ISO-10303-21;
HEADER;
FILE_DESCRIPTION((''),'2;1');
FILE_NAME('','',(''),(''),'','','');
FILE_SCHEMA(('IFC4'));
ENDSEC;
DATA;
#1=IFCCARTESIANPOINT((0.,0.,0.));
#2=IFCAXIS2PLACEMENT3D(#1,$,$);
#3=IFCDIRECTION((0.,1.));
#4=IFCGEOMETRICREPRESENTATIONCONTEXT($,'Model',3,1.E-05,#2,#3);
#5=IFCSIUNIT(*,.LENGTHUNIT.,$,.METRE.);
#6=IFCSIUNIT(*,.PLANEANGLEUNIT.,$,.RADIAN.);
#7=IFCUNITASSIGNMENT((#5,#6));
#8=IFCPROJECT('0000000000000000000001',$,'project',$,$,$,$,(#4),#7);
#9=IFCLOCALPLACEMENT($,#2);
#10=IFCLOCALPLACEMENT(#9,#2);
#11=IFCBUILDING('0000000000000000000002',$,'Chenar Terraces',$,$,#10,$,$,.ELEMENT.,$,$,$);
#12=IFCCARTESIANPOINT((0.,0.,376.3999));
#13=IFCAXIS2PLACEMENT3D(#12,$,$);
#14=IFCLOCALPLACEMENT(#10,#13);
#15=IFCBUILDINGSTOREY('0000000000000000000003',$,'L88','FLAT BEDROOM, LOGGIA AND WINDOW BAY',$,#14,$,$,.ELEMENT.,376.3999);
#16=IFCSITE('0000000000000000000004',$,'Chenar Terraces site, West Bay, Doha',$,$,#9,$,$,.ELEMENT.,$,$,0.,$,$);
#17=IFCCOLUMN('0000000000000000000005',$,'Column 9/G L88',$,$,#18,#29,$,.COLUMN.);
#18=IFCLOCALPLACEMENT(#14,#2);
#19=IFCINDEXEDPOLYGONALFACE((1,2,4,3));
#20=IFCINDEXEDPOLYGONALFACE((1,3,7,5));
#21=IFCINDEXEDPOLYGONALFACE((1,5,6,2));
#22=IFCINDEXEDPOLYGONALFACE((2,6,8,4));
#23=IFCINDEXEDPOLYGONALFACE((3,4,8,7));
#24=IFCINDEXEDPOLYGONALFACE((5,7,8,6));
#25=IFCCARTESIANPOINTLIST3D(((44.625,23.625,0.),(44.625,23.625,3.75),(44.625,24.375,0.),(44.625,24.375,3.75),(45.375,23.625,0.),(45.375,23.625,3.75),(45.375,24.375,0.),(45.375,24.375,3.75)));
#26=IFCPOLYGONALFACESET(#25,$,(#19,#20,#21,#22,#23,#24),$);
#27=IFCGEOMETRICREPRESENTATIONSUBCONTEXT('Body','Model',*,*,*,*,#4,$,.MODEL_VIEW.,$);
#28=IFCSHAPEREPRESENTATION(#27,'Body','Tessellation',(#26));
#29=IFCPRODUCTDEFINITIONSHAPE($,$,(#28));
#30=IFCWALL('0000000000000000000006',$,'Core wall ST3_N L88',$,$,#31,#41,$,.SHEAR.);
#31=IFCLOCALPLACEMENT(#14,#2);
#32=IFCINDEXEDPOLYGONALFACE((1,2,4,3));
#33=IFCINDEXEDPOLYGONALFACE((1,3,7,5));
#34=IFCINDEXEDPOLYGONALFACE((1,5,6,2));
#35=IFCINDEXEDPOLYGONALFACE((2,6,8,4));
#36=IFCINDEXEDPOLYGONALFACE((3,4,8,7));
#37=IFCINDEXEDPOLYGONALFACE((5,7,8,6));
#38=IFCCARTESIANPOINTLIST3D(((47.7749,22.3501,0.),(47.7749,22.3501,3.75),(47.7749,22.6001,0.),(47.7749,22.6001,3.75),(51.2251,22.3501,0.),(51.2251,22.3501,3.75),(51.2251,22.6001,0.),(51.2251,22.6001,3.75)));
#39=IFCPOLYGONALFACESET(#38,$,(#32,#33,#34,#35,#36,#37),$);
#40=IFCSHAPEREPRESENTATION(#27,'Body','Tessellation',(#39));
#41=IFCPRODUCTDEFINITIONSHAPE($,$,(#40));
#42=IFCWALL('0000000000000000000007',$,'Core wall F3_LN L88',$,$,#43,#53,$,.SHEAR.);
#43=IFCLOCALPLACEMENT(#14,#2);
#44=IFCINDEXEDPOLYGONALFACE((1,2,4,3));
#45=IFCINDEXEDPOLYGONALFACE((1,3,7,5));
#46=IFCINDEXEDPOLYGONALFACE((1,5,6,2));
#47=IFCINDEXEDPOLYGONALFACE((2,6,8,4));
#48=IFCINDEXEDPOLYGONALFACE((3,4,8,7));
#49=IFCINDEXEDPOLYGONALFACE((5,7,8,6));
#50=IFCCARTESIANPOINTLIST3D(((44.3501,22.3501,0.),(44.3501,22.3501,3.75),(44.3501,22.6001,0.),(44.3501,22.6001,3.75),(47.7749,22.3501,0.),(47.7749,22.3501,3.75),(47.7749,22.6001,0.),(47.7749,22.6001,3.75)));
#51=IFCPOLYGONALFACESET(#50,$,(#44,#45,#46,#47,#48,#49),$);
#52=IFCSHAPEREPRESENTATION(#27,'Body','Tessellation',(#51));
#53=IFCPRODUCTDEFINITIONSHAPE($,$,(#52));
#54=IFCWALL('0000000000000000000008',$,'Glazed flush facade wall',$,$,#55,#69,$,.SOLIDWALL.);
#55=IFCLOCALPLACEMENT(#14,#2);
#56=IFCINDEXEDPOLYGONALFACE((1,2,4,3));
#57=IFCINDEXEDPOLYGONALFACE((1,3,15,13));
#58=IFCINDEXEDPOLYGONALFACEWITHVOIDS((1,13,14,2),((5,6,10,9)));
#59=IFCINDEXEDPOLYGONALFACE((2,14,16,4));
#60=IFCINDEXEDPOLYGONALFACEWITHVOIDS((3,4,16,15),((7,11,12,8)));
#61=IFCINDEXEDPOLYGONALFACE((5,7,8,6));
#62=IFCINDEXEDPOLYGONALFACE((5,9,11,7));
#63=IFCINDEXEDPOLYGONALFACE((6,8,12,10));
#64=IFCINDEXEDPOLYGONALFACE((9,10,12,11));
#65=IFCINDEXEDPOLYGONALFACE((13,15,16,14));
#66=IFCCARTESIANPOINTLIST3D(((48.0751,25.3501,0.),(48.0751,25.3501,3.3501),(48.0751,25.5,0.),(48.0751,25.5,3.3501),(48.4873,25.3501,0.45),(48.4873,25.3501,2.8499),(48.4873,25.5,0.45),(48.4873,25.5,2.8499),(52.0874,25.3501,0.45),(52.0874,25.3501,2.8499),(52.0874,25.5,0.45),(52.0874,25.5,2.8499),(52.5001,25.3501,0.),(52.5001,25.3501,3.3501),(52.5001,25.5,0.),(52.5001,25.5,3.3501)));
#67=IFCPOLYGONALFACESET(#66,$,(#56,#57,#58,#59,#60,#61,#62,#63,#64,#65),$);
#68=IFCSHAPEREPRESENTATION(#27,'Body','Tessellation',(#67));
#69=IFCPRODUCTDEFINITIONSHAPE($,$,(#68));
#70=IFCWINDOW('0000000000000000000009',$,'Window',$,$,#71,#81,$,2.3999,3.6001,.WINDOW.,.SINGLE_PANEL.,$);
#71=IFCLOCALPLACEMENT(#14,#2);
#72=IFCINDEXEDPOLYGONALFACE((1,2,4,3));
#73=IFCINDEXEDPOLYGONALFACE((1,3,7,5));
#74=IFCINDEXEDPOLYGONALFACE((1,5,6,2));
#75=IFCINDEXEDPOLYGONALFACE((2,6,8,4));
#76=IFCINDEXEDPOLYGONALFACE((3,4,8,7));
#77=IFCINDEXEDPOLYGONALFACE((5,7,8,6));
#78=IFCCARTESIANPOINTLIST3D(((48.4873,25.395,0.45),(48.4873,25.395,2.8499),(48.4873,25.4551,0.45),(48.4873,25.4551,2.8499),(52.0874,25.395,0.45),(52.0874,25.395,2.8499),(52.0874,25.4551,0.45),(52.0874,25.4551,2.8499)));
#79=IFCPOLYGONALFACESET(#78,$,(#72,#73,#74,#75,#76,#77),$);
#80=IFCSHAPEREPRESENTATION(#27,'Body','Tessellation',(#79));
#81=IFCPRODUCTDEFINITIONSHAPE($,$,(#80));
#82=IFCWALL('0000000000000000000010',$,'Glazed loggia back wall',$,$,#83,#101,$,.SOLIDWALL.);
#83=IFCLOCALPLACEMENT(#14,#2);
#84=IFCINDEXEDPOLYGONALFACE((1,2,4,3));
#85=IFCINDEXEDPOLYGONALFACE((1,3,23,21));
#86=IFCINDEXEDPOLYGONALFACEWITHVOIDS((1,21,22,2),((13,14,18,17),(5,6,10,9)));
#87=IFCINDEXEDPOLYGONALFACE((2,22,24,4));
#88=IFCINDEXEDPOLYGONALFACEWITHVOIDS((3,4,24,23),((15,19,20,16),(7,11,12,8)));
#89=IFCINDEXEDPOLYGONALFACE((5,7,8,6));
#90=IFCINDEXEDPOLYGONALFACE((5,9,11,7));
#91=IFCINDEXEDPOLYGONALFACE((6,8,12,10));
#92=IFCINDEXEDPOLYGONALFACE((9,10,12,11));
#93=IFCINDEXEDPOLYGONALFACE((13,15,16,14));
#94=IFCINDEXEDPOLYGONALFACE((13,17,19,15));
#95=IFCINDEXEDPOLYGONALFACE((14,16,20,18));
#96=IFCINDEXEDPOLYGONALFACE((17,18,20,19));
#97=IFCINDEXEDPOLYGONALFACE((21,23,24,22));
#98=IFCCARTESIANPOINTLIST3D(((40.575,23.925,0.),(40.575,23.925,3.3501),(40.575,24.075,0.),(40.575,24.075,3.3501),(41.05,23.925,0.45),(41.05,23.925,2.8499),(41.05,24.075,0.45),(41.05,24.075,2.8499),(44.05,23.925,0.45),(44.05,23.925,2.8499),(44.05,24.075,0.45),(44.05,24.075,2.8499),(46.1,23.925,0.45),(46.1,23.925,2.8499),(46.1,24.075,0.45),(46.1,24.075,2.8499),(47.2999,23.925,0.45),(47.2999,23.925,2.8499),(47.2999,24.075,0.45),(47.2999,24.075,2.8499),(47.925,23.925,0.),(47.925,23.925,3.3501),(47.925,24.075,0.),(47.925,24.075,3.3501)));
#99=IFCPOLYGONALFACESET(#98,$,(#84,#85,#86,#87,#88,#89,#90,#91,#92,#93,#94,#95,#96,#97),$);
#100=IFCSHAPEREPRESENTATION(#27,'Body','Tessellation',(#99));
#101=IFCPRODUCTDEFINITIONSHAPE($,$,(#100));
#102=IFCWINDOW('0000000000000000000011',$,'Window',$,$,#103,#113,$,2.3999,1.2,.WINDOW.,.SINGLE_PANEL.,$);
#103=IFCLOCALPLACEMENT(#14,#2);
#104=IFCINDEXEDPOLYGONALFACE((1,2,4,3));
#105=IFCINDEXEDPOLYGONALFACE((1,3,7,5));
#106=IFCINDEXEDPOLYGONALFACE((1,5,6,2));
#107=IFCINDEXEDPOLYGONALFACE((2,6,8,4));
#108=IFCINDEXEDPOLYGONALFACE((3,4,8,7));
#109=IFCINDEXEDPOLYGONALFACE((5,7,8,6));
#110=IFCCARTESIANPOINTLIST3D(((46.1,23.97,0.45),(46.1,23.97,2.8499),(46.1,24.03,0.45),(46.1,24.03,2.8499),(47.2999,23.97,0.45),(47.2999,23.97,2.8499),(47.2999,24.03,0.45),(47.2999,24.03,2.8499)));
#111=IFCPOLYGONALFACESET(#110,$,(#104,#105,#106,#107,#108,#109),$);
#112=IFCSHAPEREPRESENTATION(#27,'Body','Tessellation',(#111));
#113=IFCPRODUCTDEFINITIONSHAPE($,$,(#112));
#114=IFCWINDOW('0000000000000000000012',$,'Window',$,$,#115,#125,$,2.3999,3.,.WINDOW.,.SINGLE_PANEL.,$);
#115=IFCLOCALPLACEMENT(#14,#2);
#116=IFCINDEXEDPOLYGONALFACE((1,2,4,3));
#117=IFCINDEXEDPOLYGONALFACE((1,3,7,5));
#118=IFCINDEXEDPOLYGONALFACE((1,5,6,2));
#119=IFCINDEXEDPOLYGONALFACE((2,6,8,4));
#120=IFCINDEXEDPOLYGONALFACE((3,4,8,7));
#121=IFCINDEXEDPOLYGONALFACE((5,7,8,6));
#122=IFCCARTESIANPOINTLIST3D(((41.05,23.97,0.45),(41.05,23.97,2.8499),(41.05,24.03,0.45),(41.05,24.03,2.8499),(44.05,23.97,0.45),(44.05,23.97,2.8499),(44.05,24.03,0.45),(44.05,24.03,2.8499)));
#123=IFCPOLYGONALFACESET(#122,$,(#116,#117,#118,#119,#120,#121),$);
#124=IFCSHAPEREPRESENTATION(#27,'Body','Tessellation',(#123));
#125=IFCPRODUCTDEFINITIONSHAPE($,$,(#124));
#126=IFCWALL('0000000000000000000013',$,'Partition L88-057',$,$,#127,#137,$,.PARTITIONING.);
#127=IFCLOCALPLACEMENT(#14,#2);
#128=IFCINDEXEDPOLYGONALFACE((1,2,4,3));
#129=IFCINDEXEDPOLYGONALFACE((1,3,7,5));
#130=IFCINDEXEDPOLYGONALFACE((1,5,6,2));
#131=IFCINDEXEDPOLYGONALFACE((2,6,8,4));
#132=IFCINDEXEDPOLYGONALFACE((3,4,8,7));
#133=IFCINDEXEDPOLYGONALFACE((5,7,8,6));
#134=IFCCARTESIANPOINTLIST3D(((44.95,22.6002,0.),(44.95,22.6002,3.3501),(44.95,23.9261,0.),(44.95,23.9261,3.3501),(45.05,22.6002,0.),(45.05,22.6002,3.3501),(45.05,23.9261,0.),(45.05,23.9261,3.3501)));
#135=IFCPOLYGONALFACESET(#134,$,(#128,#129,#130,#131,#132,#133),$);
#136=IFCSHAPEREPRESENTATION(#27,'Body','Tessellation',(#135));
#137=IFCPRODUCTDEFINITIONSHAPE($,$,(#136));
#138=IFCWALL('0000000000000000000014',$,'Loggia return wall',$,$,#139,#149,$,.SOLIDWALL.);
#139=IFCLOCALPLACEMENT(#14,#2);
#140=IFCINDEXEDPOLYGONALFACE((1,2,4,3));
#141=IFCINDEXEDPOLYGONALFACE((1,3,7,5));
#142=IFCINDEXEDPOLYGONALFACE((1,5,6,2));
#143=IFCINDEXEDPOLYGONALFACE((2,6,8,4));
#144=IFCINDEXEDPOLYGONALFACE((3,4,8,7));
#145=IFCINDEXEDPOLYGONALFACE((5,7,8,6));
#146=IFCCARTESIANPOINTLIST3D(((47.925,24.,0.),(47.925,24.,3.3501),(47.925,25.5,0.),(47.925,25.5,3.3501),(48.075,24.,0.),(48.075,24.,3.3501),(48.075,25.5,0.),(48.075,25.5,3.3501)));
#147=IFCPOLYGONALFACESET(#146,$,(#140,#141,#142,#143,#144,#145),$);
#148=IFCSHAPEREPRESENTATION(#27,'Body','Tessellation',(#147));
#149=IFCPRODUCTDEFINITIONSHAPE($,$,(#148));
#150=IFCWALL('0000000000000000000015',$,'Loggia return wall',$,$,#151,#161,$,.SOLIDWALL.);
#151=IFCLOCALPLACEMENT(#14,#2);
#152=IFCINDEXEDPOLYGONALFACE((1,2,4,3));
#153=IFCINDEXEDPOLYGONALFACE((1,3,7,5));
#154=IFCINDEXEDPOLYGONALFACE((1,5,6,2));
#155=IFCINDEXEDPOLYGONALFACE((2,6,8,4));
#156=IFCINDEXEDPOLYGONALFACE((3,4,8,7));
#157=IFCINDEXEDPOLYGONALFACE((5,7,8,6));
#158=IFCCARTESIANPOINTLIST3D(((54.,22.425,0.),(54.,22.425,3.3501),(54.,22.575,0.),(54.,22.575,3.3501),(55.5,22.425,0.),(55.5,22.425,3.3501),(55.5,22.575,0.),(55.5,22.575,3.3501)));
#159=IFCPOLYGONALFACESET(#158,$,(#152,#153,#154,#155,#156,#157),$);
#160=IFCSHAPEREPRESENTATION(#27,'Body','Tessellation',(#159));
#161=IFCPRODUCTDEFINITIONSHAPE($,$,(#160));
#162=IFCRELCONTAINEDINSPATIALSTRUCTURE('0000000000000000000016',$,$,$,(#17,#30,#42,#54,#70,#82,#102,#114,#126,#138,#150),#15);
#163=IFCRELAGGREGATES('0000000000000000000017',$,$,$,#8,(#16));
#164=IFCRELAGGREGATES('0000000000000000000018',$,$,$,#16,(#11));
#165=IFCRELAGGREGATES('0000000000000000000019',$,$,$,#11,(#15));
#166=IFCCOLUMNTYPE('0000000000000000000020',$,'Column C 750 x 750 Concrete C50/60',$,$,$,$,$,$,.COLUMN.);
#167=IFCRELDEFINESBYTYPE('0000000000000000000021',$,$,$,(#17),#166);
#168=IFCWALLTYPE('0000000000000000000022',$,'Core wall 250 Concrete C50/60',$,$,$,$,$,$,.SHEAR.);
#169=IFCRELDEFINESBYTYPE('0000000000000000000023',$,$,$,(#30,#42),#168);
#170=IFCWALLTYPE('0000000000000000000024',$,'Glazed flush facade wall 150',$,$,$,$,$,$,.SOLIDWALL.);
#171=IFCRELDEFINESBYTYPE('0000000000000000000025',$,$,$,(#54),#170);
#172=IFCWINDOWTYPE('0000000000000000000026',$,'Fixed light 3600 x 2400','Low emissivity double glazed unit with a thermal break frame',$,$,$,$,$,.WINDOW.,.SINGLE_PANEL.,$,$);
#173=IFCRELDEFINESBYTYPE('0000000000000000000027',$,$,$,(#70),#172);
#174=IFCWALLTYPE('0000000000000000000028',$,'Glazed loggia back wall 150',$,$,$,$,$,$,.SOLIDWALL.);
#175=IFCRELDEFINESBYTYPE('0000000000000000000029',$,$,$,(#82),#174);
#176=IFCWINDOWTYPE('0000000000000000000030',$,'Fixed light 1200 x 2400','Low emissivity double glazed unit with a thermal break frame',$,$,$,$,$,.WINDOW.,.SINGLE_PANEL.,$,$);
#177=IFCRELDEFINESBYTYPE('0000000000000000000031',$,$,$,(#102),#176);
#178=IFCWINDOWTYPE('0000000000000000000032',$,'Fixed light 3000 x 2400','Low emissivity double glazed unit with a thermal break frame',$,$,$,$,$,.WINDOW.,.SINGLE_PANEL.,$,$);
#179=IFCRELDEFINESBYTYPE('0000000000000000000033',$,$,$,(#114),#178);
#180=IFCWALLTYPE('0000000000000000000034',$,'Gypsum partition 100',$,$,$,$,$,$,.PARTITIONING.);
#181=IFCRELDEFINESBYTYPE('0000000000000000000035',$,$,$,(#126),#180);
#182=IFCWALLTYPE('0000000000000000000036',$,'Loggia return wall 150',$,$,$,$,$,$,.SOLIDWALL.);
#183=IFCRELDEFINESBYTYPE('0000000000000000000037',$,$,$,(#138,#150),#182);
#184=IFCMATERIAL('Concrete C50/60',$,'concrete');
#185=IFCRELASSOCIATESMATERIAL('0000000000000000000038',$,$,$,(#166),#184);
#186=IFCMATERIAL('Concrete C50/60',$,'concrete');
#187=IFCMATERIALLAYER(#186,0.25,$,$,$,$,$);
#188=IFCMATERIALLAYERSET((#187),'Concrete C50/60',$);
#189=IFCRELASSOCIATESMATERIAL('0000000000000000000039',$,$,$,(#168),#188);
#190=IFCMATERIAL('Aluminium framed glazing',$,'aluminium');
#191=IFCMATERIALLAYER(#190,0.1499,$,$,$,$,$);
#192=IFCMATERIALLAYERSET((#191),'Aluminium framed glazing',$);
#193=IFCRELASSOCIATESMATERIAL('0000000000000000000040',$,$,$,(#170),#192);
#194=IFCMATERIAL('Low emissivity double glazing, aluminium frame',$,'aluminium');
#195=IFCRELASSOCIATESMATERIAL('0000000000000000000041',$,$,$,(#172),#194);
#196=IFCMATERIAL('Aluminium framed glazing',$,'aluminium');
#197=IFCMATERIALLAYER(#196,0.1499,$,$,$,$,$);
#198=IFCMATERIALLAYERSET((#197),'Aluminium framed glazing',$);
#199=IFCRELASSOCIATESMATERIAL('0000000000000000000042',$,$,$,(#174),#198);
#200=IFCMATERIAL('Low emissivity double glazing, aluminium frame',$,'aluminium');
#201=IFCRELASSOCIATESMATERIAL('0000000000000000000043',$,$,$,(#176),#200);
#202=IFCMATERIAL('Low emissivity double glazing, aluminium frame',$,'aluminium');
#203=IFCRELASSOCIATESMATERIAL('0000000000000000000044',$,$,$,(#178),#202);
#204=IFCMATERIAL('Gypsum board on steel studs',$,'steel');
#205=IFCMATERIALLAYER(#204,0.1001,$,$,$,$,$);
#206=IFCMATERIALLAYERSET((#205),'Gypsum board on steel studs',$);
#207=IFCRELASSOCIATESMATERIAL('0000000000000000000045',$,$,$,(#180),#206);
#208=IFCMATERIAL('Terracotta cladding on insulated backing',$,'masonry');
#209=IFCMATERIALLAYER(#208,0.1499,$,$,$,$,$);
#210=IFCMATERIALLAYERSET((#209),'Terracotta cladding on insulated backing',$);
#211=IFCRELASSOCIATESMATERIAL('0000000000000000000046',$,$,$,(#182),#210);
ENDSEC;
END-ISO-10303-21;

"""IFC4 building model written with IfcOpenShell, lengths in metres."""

from ifc_helpers import new_model, si_unit, direction, frame, frame_2d, origin, origin_2d, place, context, subcontext, project, spatial, rectangle, extrude, material, layer, layer_set, material_profile, profile_set, type_object, element, fill, save


model = new_model("IFC4")

# Units and contexts
model_context = context("Model", 3, precision=1e-05, world=origin(), true_north=direction((0.0, 1.0)))
body_context = subcontext(model_context, "Body", "Model", "MODEL_VIEW")
ifc_project = project(units=[si_unit("LENGTHUNIT", "METRE"), si_unit("PLANEANGLEUNIT", "RADIAN")], contexts=[model_context])

# Site, building, storey
site_placement = place(None, origin())
site = spatial("IfcSite", under=ifc_project, at=site_placement, Name="Chenar Terraces site, West Bay, Doha", CompositionType="ELEMENT", RefElevation=0.0)
building_placement = place(site_placement, origin())
building = spatial("IfcBuilding", under=site, at=building_placement, Name="Chenar Terraces", CompositionType="ELEMENT")
storey_placement = place(building_placement, frame((0.0, 0.0, 376.3999)))
storey = spatial("IfcBuildingStorey", under=building, at=storey_placement, Name="L88", Description="FLAT BEDROOM, LOGGIA AND WINDOW BAY", CompositionType="ELEMENT", Elevation=376.3999)

# Column
ifc_material_1 = material(Name="Concrete C50/60", Category="concrete")
ifc_material_profile_1 = material_profile(ifc_material_1, rectangle(XDim=0.75, YDim=0.75, at=origin_2d()), Name="C 750 x 750")
ifc_profile_set_1 = profile_set([ifc_material_profile_1], Name="Concrete C50/60")
column_type = type_object("IfcColumnType", Name="Column C 750 x 750 Concrete C50/60", PredefinedType="COLUMN", material=ifc_profile_set_1)
column_placement = place(storey_placement, frame((45.0, 24.0, 0.0), z_axis=(0.0, 0.0, 1.0), x_axis=(1.0, 0.0, 0.0)))
element("IfcColumn", 1, at=column_placement, inside=storey, type_object=column_type, Name="Column 9/G L88", PredefinedType="COLUMN", context=body_context, shape_type="SweptSolid", body=[
    extrude(rectangle(XDim=0.75, YDim=0.75, at=origin_2d()), origin(), (0.0, 0.0, 1.0), 3.75),
])

# Walls
ifc_material_2 = material(Name="Concrete C50/60", Category="concrete")
ifc_layer_1 = layer(ifc_material_2, 0.25)
ifc_layer_set_1 = layer_set([ifc_layer_1], Name="Concrete C50/60")
wall_type_1 = type_object("IfcWallType", Name="Core wall 250 Concrete C50/60", PredefinedType="SHEAR", material=ifc_layer_set_1)
wall_1_placement = place(storey_placement, frame((47.7749, 22.4751, 0.0), z_axis=(0.0, 0.0, 1.0), x_axis=(1.0, 0.0, 0.0)))
element("IfcWall", 2, at=wall_1_placement, inside=storey, type_object=wall_type_1, Name="Core wall ST3_N L88", PredefinedType="SHEAR", context=body_context, shape_type="SweptSolid", body=[
    extrude(rectangle(XDim=3.4502, YDim=0.25, at=frame_2d((1.7251, 0.0))), origin(), (0.0, 0.0, 1.0), 3.75),
])
wall_2_placement = place(storey_placement, frame((44.3501, 22.4751, 0.0), z_axis=(0.0, 0.0, 1.0), x_axis=(1.0, 0.0, 0.0)))
element("IfcWall", 3, at=wall_2_placement, inside=storey, type_object=wall_type_1, Name="Core wall F3_LN L88", PredefinedType="SHEAR", context=body_context, shape_type="SweptSolid", body=[
    extrude(rectangle(XDim=3.4248, YDim=0.25, at=frame_2d((1.7124, 0.0))), origin(), (0.0, 0.0, 1.0), 3.75),
])

# Wall, opening, window
ifc_material_3 = material(Name="Aluminium framed glazing", Category="aluminium")
ifc_layer_2 = layer(ifc_material_3, 0.1499)
ifc_layer_set_2 = layer_set([ifc_layer_2], Name="Aluminium framed glazing")
wall_type_2 = type_object("IfcWallType", Name="Glazed flush facade wall 150", PredefinedType="SOLIDWALL", material=ifc_layer_set_2)
wall_3_placement = place(storey_placement, frame((52.5, 25.425, 0.0), z_axis=(0.0, 0.0, 1.0), x_axis=(-1.0, 0.0, 0.0)))
wall_3 = element("IfcWall", 4, at=wall_3_placement, inside=storey, type_object=wall_type_2, Name="Glazed flush facade wall", PredefinedType="SOLIDWALL", context=body_context, shape_type="SweptSolid", body=[
    extrude(rectangle(XDim=4.425, YDim=0.1499, at=frame_2d((2.2124, 0.0))), origin(), (0.0, 0.0, 1.0), 3.3501),
])
opening_1_placement = place(wall_3_placement, frame((0.4126, 0.0, 0.45)))
opening_1 = element("IfcOpeningElement", 5, at=opening_1_placement, cuts=wall_3, PredefinedType="OPENING", context=body_context, shape_type="SweptSolid", body=[
    extrude(rectangle(XDim=3.6001, YDim=2.3999, at=frame_2d((1.8, 1.2))), frame((0.0, 0.085, 0.0), z_axis=(0.0, -1.0, 0.0), x_axis=(1.0, 0.0, 0.0)), (0.0, 0.0, 1.0), 0.1699),
])
ifc_material_4 = material(Name="Low emissivity double glazing, aluminium frame", Category="aluminium")
window_type_1 = type_object("IfcWindowType", Name="Fixed light 3600 x 2400", Description="Low emissivity double glazed unit with a thermal break frame", PartitioningType="SINGLE_PANEL", PredefinedType="WINDOW", material=ifc_material_4)
window_1_placement = place(opening_1_placement, origin())
window_1 = element("IfcWindow", 6, at=window_1_placement, inside=storey, type_object=window_type_1, Name="Window", OverallHeight=2.3999, OverallWidth=3.6001, PartitioningType="SINGLE_PANEL", PredefinedType="WINDOW", context=body_context, shape_type="SweptSolid", body=[
    extrude(rectangle(XDim=3.6001, YDim=2.3999, at=frame_2d((1.8, 1.2))), frame((0.0, 0.03, 0.0), z_axis=(0.0, -1.0, 0.0), x_axis=(1.0, 0.0, 0.0)), (0.0, 0.0, 1.0), 0.0601),
])
fill(opening_1, window_1)

# Wall, openings, windows
ifc_material_5 = material(Name="Aluminium framed glazing", Category="aluminium")
ifc_layer_3 = layer(ifc_material_5, 0.1499)
ifc_layer_set_3 = layer_set([ifc_layer_3], Name="Aluminium framed glazing")
wall_type_3 = type_object("IfcWallType", Name="Glazed loggia back wall 150", PredefinedType="SOLIDWALL", material=ifc_layer_set_3)
wall_4_placement = place(storey_placement, frame((47.925, 24.0, 0.0), z_axis=(0.0, 0.0, 1.0), x_axis=(-1.0, 0.0, 0.0)))
wall_4 = element("IfcWall", 7, at=wall_4_placement, inside=storey, type_object=wall_type_3, Name="Glazed loggia back wall", PredefinedType="SOLIDWALL", context=body_context, shape_type="SweptSolid", body=[
    extrude(rectangle(XDim=7.3501, YDim=0.1499, at=frame_2d((3.675, 0.0))), origin(), (0.0, 0.0, 1.0), 3.3501),
])
opening_2_placement = place(wall_4_placement, frame((0.625, 0.0, 0.45)))
opening_2 = element("IfcOpeningElement", 8, at=opening_2_placement, cuts=wall_4, PredefinedType="OPENING", context=body_context, shape_type="SweptSolid", body=[
    extrude(rectangle(XDim=1.2, YDim=2.3999, at=frame_2d((0.6001, 1.2))), frame((0.0, 0.085, 0.0), z_axis=(0.0, -1.0, 0.0), x_axis=(1.0, 0.0, 0.0)), (0.0, 0.0, 1.0), 0.1699),
])
opening_3_placement = place(wall_4_placement, frame((3.875, 0.0, 0.45)))
opening_3 = element("IfcOpeningElement", 9, at=opening_3_placement, cuts=wall_4, PredefinedType="OPENING", context=body_context, shape_type="SweptSolid", body=[
    extrude(rectangle(XDim=3.0, YDim=2.3999, at=frame_2d((1.5, 1.2))), frame((0.0, 0.085, 0.0), z_axis=(0.0, -1.0, 0.0), x_axis=(1.0, 0.0, 0.0)), (0.0, 0.0, 1.0), 0.1699),
])
ifc_material_6 = material(Name="Low emissivity double glazing, aluminium frame", Category="aluminium")
window_type_2 = type_object("IfcWindowType", Name="Fixed light 1200 x 2400", Description="Low emissivity double glazed unit with a thermal break frame", PartitioningType="SINGLE_PANEL", PredefinedType="WINDOW", material=ifc_material_6)
window_2_placement = place(opening_2_placement, origin())
window_2 = element("IfcWindow", 10, at=window_2_placement, inside=storey, type_object=window_type_2, Name="Window", OverallHeight=2.3999, OverallWidth=1.2, PartitioningType="SINGLE_PANEL", PredefinedType="WINDOW", context=body_context, shape_type="SweptSolid", body=[
    extrude(rectangle(XDim=1.2, YDim=2.3999, at=frame_2d((0.6001, 1.2))), frame((0.0, 0.03, 0.0), z_axis=(0.0, -1.0, 0.0), x_axis=(1.0, 0.0, 0.0)), (0.0, 0.0, 1.0), 0.0601),
])
fill(opening_2, window_2)
ifc_material_7 = material(Name="Low emissivity double glazing, aluminium frame", Category="aluminium")
window_type_3 = type_object("IfcWindowType", Name="Fixed light 3000 x 2400", Description="Low emissivity double glazed unit with a thermal break frame", PartitioningType="SINGLE_PANEL", PredefinedType="WINDOW", material=ifc_material_7)
window_3_placement = place(opening_3_placement, origin())
window_3 = element("IfcWindow", 11, at=window_3_placement, inside=storey, type_object=window_type_3, Name="Window", OverallHeight=2.3999, OverallWidth=3.0, PartitioningType="SINGLE_PANEL", PredefinedType="WINDOW", context=body_context, shape_type="SweptSolid", body=[
    extrude(rectangle(XDim=3.0, YDim=2.3999, at=frame_2d((1.5, 1.2))), frame((0.0, 0.03, 0.0), z_axis=(0.0, -1.0, 0.0), x_axis=(1.0, 0.0, 0.0)), (0.0, 0.0, 1.0), 0.0601),
])
fill(opening_3, window_3)

# Walls
ifc_material_8 = material(Name="Gypsum board on steel studs", Category="steel")
ifc_layer_4 = layer(ifc_material_8, 0.1001)
ifc_layer_set_4 = layer_set([ifc_layer_4], Name="Gypsum board on steel studs")
wall_type_4 = type_object("IfcWallType", Name="Gypsum partition 100", PredefinedType="PARTITIONING", material=ifc_layer_set_4)
wall_5_placement = place(storey_placement, frame((45.0, 22.6001, 0.0), z_axis=(0.0, 0.0, 1.0), x_axis=(0.0, 1.0, 0.0)))
element("IfcWall", 12, at=wall_5_placement, inside=storey, type_object=wall_type_4, Name="Partition L88-057", PredefinedType="PARTITIONING", context=body_context, shape_type="SweptSolid", body=[
    extrude(rectangle(XDim=1.3259, YDim=0.1001, at=frame_2d((0.6631, 0.0))), origin(), (0.0, 0.0, 1.0), 3.3501),
])
ifc_material_9 = material(Name="Terracotta cladding on insulated backing", Category="masonry")
ifc_layer_5 = layer(ifc_material_9, 0.1499)
ifc_layer_set_5 = layer_set([ifc_layer_5], Name="Terracotta cladding on insulated backing")
wall_type_5 = type_object("IfcWallType", Name="Loggia return wall 150", PredefinedType="SOLIDWALL", material=ifc_layer_set_5)
for number, where, z_axis, x_axis, name in (
    (13, (48.0, 25.5, 0.0), (0.0, 0.0, 1.0), (0.0, -1.0, 0.0), "Loggia return wall"),
    (14, (55.5, 22.5, 0.0), (0.0, 0.0, 1.0), (-1.0, 0.0, 0.0), "Loggia return wall"),
):
    element("IfcWall", number, at=place(storey_placement, frame(where, z_axis=z_axis, x_axis=x_axis)), inside=storey, type_object=wall_type_5, Name=name, PredefinedType="SOLIDWALL", context=body_context, shape_type="SweptSolid", body=[
        extrude(rectangle(XDim=1.5, YDim=0.1499, at=frame_2d((0.75, 0.0))), origin(), (0.0, 0.0, 1.0), 3.3501),
    ])

save(model, "model.ifc")
